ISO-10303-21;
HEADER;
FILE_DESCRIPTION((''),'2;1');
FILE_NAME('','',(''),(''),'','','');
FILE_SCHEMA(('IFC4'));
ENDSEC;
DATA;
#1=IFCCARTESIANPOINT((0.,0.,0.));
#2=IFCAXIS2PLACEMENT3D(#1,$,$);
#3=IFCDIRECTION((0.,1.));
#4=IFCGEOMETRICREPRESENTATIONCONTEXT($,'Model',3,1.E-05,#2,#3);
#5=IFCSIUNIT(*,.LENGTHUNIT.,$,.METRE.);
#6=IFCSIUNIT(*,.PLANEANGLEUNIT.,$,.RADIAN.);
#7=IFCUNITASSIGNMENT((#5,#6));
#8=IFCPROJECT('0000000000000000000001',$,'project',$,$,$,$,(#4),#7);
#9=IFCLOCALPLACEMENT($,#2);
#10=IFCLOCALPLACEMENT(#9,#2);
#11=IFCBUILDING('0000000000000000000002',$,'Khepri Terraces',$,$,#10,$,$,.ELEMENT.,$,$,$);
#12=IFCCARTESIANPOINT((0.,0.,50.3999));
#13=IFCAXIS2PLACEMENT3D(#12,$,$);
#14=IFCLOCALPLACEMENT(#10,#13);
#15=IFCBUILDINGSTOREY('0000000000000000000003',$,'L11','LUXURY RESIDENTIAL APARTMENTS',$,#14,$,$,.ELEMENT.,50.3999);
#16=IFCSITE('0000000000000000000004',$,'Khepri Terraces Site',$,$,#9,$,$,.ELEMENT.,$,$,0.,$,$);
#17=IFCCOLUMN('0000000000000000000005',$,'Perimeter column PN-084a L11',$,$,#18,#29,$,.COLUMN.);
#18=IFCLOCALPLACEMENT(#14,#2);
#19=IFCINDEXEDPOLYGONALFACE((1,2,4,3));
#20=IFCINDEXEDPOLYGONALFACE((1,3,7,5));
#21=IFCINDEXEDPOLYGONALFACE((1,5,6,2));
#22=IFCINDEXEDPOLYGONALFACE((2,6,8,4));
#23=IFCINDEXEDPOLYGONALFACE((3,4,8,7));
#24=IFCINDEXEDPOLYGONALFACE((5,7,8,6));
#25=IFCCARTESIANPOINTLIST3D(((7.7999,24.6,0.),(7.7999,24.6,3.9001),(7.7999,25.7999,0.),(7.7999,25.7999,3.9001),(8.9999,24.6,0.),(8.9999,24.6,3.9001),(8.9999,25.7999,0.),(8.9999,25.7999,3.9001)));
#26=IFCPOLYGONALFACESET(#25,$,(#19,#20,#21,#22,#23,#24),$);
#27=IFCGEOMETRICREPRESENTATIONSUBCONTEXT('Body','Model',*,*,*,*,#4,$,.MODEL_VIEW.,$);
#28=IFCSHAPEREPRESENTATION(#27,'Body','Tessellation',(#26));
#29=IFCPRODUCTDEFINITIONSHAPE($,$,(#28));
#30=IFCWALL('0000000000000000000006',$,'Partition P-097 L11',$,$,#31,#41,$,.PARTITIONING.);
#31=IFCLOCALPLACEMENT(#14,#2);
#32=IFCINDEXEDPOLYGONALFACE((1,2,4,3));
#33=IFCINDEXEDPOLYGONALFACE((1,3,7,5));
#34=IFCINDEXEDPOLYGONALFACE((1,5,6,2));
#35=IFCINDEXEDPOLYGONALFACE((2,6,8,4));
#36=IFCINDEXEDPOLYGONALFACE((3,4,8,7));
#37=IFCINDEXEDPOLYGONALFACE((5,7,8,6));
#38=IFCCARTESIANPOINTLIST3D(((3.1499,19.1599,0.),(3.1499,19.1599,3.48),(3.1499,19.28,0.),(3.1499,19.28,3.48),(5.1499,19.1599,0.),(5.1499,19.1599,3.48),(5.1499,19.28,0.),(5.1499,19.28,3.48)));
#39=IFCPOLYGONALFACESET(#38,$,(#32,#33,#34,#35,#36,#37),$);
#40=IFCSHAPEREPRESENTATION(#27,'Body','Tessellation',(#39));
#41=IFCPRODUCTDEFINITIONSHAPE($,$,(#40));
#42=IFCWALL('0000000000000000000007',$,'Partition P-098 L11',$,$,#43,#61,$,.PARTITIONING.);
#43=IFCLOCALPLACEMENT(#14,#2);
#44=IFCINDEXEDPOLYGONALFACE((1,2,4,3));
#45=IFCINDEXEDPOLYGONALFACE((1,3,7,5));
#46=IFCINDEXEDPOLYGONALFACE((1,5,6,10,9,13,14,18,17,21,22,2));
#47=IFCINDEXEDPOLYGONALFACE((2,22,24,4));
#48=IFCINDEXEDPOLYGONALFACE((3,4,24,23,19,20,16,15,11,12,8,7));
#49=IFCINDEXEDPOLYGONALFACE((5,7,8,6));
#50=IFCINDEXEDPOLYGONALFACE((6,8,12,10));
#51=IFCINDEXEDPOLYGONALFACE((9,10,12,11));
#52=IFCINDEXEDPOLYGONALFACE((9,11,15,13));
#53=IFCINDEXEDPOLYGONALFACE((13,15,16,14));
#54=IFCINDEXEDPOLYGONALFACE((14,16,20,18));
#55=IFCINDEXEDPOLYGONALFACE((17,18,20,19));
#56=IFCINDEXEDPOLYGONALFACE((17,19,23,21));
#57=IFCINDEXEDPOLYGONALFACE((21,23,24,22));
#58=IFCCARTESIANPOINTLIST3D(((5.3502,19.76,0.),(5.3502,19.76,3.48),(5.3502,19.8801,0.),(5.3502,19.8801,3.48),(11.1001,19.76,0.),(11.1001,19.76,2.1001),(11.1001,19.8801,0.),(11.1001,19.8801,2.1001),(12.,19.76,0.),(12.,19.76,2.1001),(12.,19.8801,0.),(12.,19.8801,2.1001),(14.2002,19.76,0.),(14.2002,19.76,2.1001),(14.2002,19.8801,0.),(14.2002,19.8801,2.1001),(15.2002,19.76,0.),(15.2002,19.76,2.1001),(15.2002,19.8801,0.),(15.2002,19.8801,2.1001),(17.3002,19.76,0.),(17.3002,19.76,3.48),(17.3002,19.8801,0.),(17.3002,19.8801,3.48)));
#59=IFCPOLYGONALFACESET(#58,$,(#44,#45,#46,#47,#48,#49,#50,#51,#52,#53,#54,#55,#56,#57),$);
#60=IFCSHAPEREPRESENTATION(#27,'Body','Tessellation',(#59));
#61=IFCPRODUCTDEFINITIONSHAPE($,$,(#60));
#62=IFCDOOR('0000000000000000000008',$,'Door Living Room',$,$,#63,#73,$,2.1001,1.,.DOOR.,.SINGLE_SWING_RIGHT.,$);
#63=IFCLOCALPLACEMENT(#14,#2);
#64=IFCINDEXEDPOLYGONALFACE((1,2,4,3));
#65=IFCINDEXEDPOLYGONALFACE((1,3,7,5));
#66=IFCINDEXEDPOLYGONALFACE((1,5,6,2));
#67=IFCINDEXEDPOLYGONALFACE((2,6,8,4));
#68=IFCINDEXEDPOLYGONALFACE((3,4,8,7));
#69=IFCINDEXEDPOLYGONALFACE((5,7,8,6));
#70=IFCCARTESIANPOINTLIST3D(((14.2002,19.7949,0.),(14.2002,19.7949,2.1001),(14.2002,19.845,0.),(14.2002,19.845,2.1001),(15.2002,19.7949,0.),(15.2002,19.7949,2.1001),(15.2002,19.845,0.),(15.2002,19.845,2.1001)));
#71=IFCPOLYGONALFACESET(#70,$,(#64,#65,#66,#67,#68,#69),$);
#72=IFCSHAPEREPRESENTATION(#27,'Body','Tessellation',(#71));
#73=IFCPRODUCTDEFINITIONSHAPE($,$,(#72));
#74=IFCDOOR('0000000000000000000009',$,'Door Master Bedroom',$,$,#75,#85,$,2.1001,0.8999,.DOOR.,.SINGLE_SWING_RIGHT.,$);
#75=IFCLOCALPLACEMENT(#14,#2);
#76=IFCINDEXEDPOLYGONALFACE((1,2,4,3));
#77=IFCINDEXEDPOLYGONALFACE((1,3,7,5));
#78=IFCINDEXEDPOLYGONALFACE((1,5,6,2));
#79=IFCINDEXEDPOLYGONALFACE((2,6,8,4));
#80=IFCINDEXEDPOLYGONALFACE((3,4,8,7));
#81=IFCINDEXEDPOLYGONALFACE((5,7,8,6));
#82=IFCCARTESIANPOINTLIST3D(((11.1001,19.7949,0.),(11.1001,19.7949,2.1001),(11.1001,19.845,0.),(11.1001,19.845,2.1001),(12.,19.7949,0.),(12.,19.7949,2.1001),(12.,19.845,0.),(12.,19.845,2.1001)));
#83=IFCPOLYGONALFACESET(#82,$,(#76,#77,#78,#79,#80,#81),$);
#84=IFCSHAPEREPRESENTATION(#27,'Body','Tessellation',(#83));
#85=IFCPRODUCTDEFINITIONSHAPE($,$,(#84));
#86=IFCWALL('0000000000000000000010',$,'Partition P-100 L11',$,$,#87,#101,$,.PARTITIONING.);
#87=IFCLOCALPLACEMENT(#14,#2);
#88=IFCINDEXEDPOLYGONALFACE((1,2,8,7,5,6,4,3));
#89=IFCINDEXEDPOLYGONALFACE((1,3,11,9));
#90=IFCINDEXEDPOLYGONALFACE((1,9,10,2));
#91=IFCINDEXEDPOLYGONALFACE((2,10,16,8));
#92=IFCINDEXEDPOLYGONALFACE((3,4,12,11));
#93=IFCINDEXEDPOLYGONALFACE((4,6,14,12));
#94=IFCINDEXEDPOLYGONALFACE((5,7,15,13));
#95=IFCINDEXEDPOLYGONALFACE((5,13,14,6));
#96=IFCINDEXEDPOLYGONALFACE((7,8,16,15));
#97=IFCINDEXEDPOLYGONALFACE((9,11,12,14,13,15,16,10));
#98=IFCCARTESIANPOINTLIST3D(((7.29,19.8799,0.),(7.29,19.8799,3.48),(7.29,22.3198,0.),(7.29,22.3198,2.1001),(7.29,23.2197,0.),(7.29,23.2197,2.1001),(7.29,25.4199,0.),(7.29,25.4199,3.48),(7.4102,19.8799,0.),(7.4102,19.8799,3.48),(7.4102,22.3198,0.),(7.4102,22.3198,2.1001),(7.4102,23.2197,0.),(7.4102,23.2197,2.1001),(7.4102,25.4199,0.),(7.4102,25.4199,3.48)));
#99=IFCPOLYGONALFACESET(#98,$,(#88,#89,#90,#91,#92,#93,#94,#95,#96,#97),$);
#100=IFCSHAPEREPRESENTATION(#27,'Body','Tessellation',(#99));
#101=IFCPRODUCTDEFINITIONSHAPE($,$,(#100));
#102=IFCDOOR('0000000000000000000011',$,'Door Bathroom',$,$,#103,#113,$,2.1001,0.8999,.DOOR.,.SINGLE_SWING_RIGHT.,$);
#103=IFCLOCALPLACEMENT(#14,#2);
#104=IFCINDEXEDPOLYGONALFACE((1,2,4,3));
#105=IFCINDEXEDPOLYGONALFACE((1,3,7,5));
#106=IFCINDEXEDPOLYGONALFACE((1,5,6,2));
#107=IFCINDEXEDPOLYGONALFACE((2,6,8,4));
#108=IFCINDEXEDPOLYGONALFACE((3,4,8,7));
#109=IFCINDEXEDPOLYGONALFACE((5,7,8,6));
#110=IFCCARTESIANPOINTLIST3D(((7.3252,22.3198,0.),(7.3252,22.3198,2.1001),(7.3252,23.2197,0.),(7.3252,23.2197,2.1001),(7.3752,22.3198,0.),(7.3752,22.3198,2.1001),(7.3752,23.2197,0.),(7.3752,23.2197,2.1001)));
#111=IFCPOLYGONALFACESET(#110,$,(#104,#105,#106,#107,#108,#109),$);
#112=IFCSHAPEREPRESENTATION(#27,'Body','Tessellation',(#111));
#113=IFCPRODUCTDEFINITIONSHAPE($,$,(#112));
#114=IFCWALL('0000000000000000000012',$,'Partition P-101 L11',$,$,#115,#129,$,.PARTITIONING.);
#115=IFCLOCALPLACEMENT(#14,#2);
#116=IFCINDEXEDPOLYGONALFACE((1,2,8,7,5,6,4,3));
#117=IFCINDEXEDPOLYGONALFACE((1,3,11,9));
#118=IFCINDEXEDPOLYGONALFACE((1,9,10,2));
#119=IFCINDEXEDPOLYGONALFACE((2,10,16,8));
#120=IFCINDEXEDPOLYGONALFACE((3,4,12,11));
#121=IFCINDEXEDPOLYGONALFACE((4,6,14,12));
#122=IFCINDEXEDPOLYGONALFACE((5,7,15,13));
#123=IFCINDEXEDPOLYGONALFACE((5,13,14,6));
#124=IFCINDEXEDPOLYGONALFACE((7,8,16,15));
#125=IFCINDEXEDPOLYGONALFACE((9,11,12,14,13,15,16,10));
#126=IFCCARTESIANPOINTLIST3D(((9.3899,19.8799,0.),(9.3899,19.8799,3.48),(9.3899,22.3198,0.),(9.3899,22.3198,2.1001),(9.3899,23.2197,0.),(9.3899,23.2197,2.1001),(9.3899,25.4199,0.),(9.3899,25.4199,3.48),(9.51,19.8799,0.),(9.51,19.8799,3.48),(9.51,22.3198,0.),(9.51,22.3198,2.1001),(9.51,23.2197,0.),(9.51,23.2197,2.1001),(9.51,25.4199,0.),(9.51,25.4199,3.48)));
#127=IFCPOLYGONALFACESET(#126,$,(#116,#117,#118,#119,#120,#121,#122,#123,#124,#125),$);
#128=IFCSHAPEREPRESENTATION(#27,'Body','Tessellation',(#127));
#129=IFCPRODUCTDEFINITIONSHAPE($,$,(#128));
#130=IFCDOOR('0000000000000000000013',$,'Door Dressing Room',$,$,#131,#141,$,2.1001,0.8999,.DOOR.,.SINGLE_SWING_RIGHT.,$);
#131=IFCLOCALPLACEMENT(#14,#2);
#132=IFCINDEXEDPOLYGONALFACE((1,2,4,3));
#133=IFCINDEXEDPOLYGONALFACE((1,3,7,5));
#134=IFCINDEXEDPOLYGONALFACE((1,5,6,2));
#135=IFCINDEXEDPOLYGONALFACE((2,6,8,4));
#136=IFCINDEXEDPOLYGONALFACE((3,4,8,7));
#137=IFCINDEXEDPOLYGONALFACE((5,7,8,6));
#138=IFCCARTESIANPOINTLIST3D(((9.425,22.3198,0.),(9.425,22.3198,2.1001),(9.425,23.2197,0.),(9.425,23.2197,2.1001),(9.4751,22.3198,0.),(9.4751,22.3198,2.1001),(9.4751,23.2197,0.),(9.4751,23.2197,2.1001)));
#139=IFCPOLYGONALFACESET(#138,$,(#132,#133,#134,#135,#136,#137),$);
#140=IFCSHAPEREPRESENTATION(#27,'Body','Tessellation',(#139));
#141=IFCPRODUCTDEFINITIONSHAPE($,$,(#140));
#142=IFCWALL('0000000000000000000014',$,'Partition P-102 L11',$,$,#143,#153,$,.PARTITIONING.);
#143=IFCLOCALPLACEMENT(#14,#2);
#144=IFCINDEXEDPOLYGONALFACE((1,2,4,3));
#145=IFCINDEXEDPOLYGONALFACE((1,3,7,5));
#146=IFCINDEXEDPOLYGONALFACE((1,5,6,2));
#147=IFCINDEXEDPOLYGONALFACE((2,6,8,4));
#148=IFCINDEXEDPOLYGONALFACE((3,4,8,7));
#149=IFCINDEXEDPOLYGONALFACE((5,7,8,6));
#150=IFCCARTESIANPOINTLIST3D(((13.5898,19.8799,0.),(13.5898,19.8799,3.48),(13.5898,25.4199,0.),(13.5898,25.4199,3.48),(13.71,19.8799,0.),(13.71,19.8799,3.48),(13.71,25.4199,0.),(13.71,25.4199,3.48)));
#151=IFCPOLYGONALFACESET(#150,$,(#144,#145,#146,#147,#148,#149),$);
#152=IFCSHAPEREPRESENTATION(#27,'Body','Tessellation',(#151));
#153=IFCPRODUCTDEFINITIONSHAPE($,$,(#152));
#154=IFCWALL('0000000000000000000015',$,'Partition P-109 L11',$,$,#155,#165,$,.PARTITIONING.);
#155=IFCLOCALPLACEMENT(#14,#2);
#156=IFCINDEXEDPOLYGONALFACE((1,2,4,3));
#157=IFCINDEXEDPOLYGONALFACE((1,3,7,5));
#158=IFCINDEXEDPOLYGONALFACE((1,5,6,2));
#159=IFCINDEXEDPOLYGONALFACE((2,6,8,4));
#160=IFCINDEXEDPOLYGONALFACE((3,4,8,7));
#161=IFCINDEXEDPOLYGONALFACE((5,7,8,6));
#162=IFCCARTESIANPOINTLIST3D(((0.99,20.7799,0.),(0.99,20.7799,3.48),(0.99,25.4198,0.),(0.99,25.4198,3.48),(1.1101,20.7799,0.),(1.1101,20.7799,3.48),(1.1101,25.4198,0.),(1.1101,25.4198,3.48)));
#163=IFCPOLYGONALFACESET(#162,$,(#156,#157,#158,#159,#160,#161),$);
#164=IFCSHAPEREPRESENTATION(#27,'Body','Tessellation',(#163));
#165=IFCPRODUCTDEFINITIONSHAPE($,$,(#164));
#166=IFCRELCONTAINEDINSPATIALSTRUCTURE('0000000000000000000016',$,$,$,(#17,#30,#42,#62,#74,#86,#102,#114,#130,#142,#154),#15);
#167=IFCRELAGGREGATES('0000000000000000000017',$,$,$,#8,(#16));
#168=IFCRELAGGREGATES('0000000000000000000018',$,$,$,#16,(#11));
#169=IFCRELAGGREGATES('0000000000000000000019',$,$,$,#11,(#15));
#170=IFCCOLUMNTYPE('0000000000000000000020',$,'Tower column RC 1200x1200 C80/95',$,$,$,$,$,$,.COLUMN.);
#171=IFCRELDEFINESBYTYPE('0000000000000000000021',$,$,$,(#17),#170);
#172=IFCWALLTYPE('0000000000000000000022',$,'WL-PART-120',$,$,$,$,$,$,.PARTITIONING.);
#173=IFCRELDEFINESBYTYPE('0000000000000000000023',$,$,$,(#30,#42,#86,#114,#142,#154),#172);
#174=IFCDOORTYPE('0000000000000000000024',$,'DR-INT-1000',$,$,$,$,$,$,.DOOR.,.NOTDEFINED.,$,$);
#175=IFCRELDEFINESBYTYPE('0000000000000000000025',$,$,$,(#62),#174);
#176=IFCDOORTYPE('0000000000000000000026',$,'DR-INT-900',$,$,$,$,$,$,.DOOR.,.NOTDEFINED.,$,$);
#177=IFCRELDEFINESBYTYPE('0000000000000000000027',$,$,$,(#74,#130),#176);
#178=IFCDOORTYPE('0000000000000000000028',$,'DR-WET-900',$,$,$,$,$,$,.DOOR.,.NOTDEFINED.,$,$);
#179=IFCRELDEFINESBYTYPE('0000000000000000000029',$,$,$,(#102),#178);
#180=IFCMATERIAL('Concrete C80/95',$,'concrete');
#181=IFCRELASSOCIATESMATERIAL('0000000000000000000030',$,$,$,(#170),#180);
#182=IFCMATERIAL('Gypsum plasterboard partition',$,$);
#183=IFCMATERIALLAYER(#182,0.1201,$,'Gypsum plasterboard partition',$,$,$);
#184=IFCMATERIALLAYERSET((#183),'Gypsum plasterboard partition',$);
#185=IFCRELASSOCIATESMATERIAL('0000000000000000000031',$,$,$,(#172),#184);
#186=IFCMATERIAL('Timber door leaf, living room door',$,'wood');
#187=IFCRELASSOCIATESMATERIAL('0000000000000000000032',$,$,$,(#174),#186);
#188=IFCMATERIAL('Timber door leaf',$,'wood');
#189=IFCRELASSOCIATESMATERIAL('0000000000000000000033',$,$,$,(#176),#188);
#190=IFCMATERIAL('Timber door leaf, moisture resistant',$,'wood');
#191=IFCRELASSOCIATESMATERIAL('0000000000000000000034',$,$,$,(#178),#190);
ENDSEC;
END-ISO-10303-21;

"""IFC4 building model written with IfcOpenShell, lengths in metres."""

from ifc_helpers import new_model, si_unit, direction, frame, frame_2d, origin, origin_2d, place, context, subcontext, project, spatial, rectangle, extrude, material, layer, layer_set, material_profile, profile_set, type_object, element, fill, save


model = new_model("IFC4")

# Units and contexts
model_context = context("Model", 3, precision=1e-05, world=origin(), true_north=direction((0.0, 1.0)))
body_context = subcontext(model_context, "Body", "Model", "MODEL_VIEW")
ifc_project = project(units=[si_unit("LENGTHUNIT", "METRE"), si_unit("PLANEANGLEUNIT", "RADIAN")], contexts=[model_context])

# Site, building, storey
site_placement = place(None, origin())
site = spatial("IfcSite", under=ifc_project, at=site_placement, Name="Khepri Terraces Site", CompositionType="ELEMENT", RefElevation=0.0)
building_placement = place(site_placement, origin())
building = spatial("IfcBuilding", under=site, at=building_placement, Name="Khepri Terraces", CompositionType="ELEMENT")
storey_placement = place(building_placement, frame((0.0, 0.0, 50.3999)))
storey = spatial("IfcBuildingStorey", under=building, at=storey_placement, Name="L11", Description="LUXURY RESIDENTIAL APARTMENTS", CompositionType="ELEMENT", Elevation=50.3999)

# Column
ifc_material_1 = material(Name="Concrete C80/95", Category="concrete")
ifc_material_profile = material_profile(ifc_material_1, rectangle(XDim=1.2, YDim=1.2, at=origin_2d()), Name="Concrete C80/95", Category="concrete")
ifc_profile_set = profile_set([ifc_material_profile], Name="Concrete C80/95")
column_type = type_object("IfcColumnType", Name="Tower column RC 1200x1200 C80/95", PredefinedType="COLUMN", material=ifc_profile_set)
column_placement = place(storey_placement, frame((8.3999, 25.2, 0.0), z_axis=(0.0, 0.0, 1.0), x_axis=(1.0, 0.0, 0.0)))
element("IfcColumn", 1, at=column_placement, inside=storey, type_object=column_type, Name="Perimeter column PN-084a L11", PredefinedType="COLUMN", context=body_context, shape_type="SweptSolid", body=[
    extrude(rectangle(XDim=1.2, YDim=1.2, at=origin_2d()), origin(), (0.0, 0.0, 1.0), 3.9001),
])

# Wall
ifc_material_2 = material(Name="Gypsum plasterboard partition")
ifc_layer_1 = layer(ifc_material_2, 0.1201, Name="Gypsum plasterboard partition")
ifc_layer_set_1 = layer_set([ifc_layer_1], Name="Gypsum plasterboard partition")
wall_type_1 = type_object("IfcWallType", Name="WL-PART-120", PredefinedType="PARTITIONING", material=ifc_layer_set_1)
wall_1_placement = place(storey_placement, frame((3.1499, 19.22, 0.0), z_axis=(0.0, 0.0, 1.0), x_axis=(1.0, 0.0, 0.0)))
element("IfcWall", 2, at=wall_1_placement, inside=storey, type_object=wall_type_1, Name="Partition P-097 L11", PredefinedType="PARTITIONING", context=body_context, shape_type="SweptSolid", body=[
    extrude(rectangle(XDim=2.0, YDim=0.1201, at=frame_2d((1.0, 0.0))), origin(), (0.0, 0.0, 1.0), 3.48),
])

# Wall, openings, doors
wall_2_placement = place(storey_placement, frame((5.3501, 19.8201, 0.0), z_axis=(0.0, 0.0, 1.0), x_axis=(1.0, 0.0, 0.0)))
wall_2 = element("IfcWall", 3, at=wall_2_placement, inside=storey, type_object=wall_type_1, Name="Partition P-098 L11", PredefinedType="PARTITIONING", context=body_context, shape_type="SweptSolid", body=[
    extrude(rectangle(XDim=11.95, YDim=0.1201, at=frame_2d((5.9751, 0.0))), origin(), (0.0, 0.0, 1.0), 3.48),
])
opening_1_placement = place(wall_2_placement, frame((8.8501, 0.0, 0.0)))
opening_1 = element("IfcOpeningElement", 4, at=opening_1_placement, cuts=wall_2, PredefinedType="OPENING", context=body_context, shape_type="SweptSolid", body=[
    extrude(rectangle(XDim=1.0, YDim=2.1001, at=frame_2d((0.5, 1.05))), frame((0.0, 0.0701, 0.0), z_axis=(0.0, -1.0, 0.0), x_axis=(1.0, 0.0, 0.0)), (0.0, 0.0, 1.0), 0.1401),
])
opening_2_placement = place(wall_2_placement, frame((5.75, 0.0, 0.0)))
opening_2 = element("IfcOpeningElement", 5, at=opening_2_placement, cuts=wall_2, PredefinedType="OPENING", context=body_context, shape_type="SweptSolid", body=[
    extrude(rectangle(XDim=0.8999, YDim=2.1001, at=frame_2d((0.45, 1.05))), frame((0.0, 0.0701, 0.0), z_axis=(0.0, -1.0, 0.0), x_axis=(1.0, 0.0, 0.0)), (0.0, 0.0, 1.0), 0.1401),
])
ifc_material_3 = material(Name="Timber door leaf, living room door", Category="wood")
door_type_1 = type_object("IfcDoorType", Name="DR-INT-1000", OperationType="NOTDEFINED", PredefinedType="DOOR", material=ifc_material_3)
door_1_placement = place(opening_1_placement, origin())
door_1 = element("IfcDoor", 6, at=door_1_placement, inside=storey, type_object=door_type_1, Name="Door Living Room", OperationType="SINGLE_SWING_RIGHT", OverallHeight=2.1001, OverallWidth=1.0, PredefinedType="DOOR", context=body_context, shape_type="SweptSolid", body=[
    extrude(rectangle(XDim=1.0, YDim=2.1001, at=frame_2d((0.5, 1.05))), frame((0.0, 0.0249, 0.0), z_axis=(0.0, -1.0, 0.0), x_axis=(1.0, 0.0, 0.0)), (0.0, 0.0, 1.0), 0.05),
])
fill(opening_1, door_1)
ifc_material_4 = material(Name="Timber door leaf", Category="wood")
door_type_2 = type_object("IfcDoorType", Name="DR-INT-900", OperationType="NOTDEFINED", PredefinedType="DOOR", material=ifc_material_4)
door_2_placement = place(opening_2_placement, origin())
door_2 = element("IfcDoor", 7, at=door_2_placement, inside=storey, type_object=door_type_2, Name="Door Master Bedroom", OperationType="SINGLE_SWING_RIGHT", OverallHeight=2.1001, OverallWidth=0.8999, PredefinedType="DOOR", context=body_context, shape_type="SweptSolid", body=[
    extrude(rectangle(XDim=0.8999, YDim=2.1001, at=frame_2d((0.45, 1.05))), frame((0.0, 0.0249, 0.0), z_axis=(0.0, -1.0, 0.0), x_axis=(1.0, 0.0, 0.0)), (0.0, 0.0, 1.0), 0.05),
])
fill(opening_2, door_2)

# Walls, openings, doors
wall_3_placement = place(storey_placement, frame((7.3501, 19.8799, 0.0), z_axis=(0.0, 0.0, 1.0), x_axis=(0.0, 1.0, 0.0)))
wall_3 = element("IfcWall", 8, at=wall_3_placement, inside=storey, type_object=wall_type_1, Name="Partition P-100 L11", PredefinedType="PARTITIONING", context=body_context, shape_type="SweptSolid", body=[
    extrude(rectangle(XDim=5.54, YDim=0.1201, at=frame_2d((2.77, 0.0))), origin(), (0.0, 0.0, 1.0), 3.48),
])
opening_3_placement = place(wall_3_placement, frame((2.4399, 0.0, 0.0)))
opening_3 = element("IfcOpeningElement", 9, at=opening_3_placement, cuts=wall_3, PredefinedType="OPENING", context=body_context, shape_type="SweptSolid", body=[
    extrude(rectangle(XDim=0.8999, YDim=2.1001, at=frame_2d((0.45, 1.05))), frame((0.0, 0.0701, 0.0), z_axis=(0.0, -1.0, 0.0), x_axis=(1.0, 0.0, 0.0)), (0.0, 0.0, 1.0), 0.1401),
])
ifc_material_5 = material(Name="Timber door leaf, moisture resistant", Category="wood")
door_type_3 = type_object("IfcDoorType", Name="DR-WET-900", OperationType="NOTDEFINED", PredefinedType="DOOR", material=ifc_material_5)
door_3_placement = place(opening_3_placement, origin())
door_3 = element("IfcDoor", 10, at=door_3_placement, inside=storey, type_object=door_type_3, Name="Door Bathroom", OperationType="SINGLE_SWING_RIGHT", OverallHeight=2.1001, OverallWidth=0.8999, PredefinedType="DOOR", context=body_context, shape_type="SweptSolid", body=[
    extrude(rectangle(XDim=0.8999, YDim=2.1001, at=frame_2d((0.45, 1.05))), frame((0.0, 0.0249, 0.0), z_axis=(0.0, -1.0, 0.0), x_axis=(1.0, 0.0, 0.0)), (0.0, 0.0, 1.0), 0.05),
])
fill(opening_3, door_3)
wall_4_placement = place(storey_placement, frame((9.45, 19.8799, 0.0), z_axis=(0.0, 0.0, 1.0), x_axis=(0.0, 1.0, 0.0)))
wall_4 = element("IfcWall", 11, at=wall_4_placement, inside=storey, type_object=wall_type_1, Name="Partition P-101 L11", PredefinedType="PARTITIONING", context=body_context, shape_type="SweptSolid", body=[
    extrude(rectangle(XDim=5.54, YDim=0.1201, at=frame_2d((2.77, 0.0))), origin(), (0.0, 0.0, 1.0), 3.48),
])
opening_4_placement = place(wall_4_placement, frame((2.4399, 0.0, 0.0)))
opening_4 = element("IfcOpeningElement", 12, at=opening_4_placement, cuts=wall_4, PredefinedType="OPENING", context=body_context, shape_type="SweptSolid", body=[
    extrude(rectangle(XDim=0.8999, YDim=2.1001, at=frame_2d((0.45, 1.05))), frame((0.0, 0.0701, 0.0), z_axis=(0.0, -1.0, 0.0), x_axis=(1.0, 0.0, 0.0)), (0.0, 0.0, 1.0), 0.1401),
])
door_4_placement = place(opening_4_placement, origin())
door_4 = element("IfcDoor", 13, at=door_4_placement, inside=storey, type_object=door_type_2, Name="Door Dressing Room", OperationType="SINGLE_SWING_RIGHT", OverallHeight=2.1001, OverallWidth=0.8999, PredefinedType="DOOR", context=body_context, shape_type="SweptSolid", body=[
    extrude(rectangle(XDim=0.8999, YDim=2.1001, at=frame_2d((0.45, 1.05))), frame((0.0, 0.0249, 0.0), z_axis=(0.0, -1.0, 0.0), x_axis=(1.0, 0.0, 0.0)), (0.0, 0.0, 1.0), 0.05),
])
fill(opening_4, door_4)

# Walls
wall_5_placement = place(storey_placement, frame((13.6499, 19.8799, 0.0), z_axis=(0.0, 0.0, 1.0), x_axis=(0.0, 1.0, 0.0)))
element("IfcWall", 14, at=wall_5_placement, inside=storey, type_object=wall_type_1, Name="Partition P-102 L11", PredefinedType="PARTITIONING", context=body_context, shape_type="SweptSolid", body=[
    extrude(rectangle(XDim=5.54, YDim=0.1201, at=frame_2d((2.77, 0.0))), origin(), (0.0, 0.0, 1.0), 3.48),
])
wall_6_placement = place(storey_placement, frame((1.05, 20.78, 0.0), z_axis=(0.0, 0.0, 1.0), x_axis=(0.0, 1.0, 0.0)))
element("IfcWall", 15, at=wall_6_placement, inside=storey, type_object=wall_type_1, Name="Partition P-109 L11", PredefinedType="PARTITIONING", context=body_context, shape_type="SweptSolid", body=[
    extrude(rectangle(XDim=4.6399, YDim=0.1201, at=frame_2d((2.3198, 0.0))), origin(), (0.0, 0.0, 1.0), 3.48),
])

save(model, "model.ifc")
